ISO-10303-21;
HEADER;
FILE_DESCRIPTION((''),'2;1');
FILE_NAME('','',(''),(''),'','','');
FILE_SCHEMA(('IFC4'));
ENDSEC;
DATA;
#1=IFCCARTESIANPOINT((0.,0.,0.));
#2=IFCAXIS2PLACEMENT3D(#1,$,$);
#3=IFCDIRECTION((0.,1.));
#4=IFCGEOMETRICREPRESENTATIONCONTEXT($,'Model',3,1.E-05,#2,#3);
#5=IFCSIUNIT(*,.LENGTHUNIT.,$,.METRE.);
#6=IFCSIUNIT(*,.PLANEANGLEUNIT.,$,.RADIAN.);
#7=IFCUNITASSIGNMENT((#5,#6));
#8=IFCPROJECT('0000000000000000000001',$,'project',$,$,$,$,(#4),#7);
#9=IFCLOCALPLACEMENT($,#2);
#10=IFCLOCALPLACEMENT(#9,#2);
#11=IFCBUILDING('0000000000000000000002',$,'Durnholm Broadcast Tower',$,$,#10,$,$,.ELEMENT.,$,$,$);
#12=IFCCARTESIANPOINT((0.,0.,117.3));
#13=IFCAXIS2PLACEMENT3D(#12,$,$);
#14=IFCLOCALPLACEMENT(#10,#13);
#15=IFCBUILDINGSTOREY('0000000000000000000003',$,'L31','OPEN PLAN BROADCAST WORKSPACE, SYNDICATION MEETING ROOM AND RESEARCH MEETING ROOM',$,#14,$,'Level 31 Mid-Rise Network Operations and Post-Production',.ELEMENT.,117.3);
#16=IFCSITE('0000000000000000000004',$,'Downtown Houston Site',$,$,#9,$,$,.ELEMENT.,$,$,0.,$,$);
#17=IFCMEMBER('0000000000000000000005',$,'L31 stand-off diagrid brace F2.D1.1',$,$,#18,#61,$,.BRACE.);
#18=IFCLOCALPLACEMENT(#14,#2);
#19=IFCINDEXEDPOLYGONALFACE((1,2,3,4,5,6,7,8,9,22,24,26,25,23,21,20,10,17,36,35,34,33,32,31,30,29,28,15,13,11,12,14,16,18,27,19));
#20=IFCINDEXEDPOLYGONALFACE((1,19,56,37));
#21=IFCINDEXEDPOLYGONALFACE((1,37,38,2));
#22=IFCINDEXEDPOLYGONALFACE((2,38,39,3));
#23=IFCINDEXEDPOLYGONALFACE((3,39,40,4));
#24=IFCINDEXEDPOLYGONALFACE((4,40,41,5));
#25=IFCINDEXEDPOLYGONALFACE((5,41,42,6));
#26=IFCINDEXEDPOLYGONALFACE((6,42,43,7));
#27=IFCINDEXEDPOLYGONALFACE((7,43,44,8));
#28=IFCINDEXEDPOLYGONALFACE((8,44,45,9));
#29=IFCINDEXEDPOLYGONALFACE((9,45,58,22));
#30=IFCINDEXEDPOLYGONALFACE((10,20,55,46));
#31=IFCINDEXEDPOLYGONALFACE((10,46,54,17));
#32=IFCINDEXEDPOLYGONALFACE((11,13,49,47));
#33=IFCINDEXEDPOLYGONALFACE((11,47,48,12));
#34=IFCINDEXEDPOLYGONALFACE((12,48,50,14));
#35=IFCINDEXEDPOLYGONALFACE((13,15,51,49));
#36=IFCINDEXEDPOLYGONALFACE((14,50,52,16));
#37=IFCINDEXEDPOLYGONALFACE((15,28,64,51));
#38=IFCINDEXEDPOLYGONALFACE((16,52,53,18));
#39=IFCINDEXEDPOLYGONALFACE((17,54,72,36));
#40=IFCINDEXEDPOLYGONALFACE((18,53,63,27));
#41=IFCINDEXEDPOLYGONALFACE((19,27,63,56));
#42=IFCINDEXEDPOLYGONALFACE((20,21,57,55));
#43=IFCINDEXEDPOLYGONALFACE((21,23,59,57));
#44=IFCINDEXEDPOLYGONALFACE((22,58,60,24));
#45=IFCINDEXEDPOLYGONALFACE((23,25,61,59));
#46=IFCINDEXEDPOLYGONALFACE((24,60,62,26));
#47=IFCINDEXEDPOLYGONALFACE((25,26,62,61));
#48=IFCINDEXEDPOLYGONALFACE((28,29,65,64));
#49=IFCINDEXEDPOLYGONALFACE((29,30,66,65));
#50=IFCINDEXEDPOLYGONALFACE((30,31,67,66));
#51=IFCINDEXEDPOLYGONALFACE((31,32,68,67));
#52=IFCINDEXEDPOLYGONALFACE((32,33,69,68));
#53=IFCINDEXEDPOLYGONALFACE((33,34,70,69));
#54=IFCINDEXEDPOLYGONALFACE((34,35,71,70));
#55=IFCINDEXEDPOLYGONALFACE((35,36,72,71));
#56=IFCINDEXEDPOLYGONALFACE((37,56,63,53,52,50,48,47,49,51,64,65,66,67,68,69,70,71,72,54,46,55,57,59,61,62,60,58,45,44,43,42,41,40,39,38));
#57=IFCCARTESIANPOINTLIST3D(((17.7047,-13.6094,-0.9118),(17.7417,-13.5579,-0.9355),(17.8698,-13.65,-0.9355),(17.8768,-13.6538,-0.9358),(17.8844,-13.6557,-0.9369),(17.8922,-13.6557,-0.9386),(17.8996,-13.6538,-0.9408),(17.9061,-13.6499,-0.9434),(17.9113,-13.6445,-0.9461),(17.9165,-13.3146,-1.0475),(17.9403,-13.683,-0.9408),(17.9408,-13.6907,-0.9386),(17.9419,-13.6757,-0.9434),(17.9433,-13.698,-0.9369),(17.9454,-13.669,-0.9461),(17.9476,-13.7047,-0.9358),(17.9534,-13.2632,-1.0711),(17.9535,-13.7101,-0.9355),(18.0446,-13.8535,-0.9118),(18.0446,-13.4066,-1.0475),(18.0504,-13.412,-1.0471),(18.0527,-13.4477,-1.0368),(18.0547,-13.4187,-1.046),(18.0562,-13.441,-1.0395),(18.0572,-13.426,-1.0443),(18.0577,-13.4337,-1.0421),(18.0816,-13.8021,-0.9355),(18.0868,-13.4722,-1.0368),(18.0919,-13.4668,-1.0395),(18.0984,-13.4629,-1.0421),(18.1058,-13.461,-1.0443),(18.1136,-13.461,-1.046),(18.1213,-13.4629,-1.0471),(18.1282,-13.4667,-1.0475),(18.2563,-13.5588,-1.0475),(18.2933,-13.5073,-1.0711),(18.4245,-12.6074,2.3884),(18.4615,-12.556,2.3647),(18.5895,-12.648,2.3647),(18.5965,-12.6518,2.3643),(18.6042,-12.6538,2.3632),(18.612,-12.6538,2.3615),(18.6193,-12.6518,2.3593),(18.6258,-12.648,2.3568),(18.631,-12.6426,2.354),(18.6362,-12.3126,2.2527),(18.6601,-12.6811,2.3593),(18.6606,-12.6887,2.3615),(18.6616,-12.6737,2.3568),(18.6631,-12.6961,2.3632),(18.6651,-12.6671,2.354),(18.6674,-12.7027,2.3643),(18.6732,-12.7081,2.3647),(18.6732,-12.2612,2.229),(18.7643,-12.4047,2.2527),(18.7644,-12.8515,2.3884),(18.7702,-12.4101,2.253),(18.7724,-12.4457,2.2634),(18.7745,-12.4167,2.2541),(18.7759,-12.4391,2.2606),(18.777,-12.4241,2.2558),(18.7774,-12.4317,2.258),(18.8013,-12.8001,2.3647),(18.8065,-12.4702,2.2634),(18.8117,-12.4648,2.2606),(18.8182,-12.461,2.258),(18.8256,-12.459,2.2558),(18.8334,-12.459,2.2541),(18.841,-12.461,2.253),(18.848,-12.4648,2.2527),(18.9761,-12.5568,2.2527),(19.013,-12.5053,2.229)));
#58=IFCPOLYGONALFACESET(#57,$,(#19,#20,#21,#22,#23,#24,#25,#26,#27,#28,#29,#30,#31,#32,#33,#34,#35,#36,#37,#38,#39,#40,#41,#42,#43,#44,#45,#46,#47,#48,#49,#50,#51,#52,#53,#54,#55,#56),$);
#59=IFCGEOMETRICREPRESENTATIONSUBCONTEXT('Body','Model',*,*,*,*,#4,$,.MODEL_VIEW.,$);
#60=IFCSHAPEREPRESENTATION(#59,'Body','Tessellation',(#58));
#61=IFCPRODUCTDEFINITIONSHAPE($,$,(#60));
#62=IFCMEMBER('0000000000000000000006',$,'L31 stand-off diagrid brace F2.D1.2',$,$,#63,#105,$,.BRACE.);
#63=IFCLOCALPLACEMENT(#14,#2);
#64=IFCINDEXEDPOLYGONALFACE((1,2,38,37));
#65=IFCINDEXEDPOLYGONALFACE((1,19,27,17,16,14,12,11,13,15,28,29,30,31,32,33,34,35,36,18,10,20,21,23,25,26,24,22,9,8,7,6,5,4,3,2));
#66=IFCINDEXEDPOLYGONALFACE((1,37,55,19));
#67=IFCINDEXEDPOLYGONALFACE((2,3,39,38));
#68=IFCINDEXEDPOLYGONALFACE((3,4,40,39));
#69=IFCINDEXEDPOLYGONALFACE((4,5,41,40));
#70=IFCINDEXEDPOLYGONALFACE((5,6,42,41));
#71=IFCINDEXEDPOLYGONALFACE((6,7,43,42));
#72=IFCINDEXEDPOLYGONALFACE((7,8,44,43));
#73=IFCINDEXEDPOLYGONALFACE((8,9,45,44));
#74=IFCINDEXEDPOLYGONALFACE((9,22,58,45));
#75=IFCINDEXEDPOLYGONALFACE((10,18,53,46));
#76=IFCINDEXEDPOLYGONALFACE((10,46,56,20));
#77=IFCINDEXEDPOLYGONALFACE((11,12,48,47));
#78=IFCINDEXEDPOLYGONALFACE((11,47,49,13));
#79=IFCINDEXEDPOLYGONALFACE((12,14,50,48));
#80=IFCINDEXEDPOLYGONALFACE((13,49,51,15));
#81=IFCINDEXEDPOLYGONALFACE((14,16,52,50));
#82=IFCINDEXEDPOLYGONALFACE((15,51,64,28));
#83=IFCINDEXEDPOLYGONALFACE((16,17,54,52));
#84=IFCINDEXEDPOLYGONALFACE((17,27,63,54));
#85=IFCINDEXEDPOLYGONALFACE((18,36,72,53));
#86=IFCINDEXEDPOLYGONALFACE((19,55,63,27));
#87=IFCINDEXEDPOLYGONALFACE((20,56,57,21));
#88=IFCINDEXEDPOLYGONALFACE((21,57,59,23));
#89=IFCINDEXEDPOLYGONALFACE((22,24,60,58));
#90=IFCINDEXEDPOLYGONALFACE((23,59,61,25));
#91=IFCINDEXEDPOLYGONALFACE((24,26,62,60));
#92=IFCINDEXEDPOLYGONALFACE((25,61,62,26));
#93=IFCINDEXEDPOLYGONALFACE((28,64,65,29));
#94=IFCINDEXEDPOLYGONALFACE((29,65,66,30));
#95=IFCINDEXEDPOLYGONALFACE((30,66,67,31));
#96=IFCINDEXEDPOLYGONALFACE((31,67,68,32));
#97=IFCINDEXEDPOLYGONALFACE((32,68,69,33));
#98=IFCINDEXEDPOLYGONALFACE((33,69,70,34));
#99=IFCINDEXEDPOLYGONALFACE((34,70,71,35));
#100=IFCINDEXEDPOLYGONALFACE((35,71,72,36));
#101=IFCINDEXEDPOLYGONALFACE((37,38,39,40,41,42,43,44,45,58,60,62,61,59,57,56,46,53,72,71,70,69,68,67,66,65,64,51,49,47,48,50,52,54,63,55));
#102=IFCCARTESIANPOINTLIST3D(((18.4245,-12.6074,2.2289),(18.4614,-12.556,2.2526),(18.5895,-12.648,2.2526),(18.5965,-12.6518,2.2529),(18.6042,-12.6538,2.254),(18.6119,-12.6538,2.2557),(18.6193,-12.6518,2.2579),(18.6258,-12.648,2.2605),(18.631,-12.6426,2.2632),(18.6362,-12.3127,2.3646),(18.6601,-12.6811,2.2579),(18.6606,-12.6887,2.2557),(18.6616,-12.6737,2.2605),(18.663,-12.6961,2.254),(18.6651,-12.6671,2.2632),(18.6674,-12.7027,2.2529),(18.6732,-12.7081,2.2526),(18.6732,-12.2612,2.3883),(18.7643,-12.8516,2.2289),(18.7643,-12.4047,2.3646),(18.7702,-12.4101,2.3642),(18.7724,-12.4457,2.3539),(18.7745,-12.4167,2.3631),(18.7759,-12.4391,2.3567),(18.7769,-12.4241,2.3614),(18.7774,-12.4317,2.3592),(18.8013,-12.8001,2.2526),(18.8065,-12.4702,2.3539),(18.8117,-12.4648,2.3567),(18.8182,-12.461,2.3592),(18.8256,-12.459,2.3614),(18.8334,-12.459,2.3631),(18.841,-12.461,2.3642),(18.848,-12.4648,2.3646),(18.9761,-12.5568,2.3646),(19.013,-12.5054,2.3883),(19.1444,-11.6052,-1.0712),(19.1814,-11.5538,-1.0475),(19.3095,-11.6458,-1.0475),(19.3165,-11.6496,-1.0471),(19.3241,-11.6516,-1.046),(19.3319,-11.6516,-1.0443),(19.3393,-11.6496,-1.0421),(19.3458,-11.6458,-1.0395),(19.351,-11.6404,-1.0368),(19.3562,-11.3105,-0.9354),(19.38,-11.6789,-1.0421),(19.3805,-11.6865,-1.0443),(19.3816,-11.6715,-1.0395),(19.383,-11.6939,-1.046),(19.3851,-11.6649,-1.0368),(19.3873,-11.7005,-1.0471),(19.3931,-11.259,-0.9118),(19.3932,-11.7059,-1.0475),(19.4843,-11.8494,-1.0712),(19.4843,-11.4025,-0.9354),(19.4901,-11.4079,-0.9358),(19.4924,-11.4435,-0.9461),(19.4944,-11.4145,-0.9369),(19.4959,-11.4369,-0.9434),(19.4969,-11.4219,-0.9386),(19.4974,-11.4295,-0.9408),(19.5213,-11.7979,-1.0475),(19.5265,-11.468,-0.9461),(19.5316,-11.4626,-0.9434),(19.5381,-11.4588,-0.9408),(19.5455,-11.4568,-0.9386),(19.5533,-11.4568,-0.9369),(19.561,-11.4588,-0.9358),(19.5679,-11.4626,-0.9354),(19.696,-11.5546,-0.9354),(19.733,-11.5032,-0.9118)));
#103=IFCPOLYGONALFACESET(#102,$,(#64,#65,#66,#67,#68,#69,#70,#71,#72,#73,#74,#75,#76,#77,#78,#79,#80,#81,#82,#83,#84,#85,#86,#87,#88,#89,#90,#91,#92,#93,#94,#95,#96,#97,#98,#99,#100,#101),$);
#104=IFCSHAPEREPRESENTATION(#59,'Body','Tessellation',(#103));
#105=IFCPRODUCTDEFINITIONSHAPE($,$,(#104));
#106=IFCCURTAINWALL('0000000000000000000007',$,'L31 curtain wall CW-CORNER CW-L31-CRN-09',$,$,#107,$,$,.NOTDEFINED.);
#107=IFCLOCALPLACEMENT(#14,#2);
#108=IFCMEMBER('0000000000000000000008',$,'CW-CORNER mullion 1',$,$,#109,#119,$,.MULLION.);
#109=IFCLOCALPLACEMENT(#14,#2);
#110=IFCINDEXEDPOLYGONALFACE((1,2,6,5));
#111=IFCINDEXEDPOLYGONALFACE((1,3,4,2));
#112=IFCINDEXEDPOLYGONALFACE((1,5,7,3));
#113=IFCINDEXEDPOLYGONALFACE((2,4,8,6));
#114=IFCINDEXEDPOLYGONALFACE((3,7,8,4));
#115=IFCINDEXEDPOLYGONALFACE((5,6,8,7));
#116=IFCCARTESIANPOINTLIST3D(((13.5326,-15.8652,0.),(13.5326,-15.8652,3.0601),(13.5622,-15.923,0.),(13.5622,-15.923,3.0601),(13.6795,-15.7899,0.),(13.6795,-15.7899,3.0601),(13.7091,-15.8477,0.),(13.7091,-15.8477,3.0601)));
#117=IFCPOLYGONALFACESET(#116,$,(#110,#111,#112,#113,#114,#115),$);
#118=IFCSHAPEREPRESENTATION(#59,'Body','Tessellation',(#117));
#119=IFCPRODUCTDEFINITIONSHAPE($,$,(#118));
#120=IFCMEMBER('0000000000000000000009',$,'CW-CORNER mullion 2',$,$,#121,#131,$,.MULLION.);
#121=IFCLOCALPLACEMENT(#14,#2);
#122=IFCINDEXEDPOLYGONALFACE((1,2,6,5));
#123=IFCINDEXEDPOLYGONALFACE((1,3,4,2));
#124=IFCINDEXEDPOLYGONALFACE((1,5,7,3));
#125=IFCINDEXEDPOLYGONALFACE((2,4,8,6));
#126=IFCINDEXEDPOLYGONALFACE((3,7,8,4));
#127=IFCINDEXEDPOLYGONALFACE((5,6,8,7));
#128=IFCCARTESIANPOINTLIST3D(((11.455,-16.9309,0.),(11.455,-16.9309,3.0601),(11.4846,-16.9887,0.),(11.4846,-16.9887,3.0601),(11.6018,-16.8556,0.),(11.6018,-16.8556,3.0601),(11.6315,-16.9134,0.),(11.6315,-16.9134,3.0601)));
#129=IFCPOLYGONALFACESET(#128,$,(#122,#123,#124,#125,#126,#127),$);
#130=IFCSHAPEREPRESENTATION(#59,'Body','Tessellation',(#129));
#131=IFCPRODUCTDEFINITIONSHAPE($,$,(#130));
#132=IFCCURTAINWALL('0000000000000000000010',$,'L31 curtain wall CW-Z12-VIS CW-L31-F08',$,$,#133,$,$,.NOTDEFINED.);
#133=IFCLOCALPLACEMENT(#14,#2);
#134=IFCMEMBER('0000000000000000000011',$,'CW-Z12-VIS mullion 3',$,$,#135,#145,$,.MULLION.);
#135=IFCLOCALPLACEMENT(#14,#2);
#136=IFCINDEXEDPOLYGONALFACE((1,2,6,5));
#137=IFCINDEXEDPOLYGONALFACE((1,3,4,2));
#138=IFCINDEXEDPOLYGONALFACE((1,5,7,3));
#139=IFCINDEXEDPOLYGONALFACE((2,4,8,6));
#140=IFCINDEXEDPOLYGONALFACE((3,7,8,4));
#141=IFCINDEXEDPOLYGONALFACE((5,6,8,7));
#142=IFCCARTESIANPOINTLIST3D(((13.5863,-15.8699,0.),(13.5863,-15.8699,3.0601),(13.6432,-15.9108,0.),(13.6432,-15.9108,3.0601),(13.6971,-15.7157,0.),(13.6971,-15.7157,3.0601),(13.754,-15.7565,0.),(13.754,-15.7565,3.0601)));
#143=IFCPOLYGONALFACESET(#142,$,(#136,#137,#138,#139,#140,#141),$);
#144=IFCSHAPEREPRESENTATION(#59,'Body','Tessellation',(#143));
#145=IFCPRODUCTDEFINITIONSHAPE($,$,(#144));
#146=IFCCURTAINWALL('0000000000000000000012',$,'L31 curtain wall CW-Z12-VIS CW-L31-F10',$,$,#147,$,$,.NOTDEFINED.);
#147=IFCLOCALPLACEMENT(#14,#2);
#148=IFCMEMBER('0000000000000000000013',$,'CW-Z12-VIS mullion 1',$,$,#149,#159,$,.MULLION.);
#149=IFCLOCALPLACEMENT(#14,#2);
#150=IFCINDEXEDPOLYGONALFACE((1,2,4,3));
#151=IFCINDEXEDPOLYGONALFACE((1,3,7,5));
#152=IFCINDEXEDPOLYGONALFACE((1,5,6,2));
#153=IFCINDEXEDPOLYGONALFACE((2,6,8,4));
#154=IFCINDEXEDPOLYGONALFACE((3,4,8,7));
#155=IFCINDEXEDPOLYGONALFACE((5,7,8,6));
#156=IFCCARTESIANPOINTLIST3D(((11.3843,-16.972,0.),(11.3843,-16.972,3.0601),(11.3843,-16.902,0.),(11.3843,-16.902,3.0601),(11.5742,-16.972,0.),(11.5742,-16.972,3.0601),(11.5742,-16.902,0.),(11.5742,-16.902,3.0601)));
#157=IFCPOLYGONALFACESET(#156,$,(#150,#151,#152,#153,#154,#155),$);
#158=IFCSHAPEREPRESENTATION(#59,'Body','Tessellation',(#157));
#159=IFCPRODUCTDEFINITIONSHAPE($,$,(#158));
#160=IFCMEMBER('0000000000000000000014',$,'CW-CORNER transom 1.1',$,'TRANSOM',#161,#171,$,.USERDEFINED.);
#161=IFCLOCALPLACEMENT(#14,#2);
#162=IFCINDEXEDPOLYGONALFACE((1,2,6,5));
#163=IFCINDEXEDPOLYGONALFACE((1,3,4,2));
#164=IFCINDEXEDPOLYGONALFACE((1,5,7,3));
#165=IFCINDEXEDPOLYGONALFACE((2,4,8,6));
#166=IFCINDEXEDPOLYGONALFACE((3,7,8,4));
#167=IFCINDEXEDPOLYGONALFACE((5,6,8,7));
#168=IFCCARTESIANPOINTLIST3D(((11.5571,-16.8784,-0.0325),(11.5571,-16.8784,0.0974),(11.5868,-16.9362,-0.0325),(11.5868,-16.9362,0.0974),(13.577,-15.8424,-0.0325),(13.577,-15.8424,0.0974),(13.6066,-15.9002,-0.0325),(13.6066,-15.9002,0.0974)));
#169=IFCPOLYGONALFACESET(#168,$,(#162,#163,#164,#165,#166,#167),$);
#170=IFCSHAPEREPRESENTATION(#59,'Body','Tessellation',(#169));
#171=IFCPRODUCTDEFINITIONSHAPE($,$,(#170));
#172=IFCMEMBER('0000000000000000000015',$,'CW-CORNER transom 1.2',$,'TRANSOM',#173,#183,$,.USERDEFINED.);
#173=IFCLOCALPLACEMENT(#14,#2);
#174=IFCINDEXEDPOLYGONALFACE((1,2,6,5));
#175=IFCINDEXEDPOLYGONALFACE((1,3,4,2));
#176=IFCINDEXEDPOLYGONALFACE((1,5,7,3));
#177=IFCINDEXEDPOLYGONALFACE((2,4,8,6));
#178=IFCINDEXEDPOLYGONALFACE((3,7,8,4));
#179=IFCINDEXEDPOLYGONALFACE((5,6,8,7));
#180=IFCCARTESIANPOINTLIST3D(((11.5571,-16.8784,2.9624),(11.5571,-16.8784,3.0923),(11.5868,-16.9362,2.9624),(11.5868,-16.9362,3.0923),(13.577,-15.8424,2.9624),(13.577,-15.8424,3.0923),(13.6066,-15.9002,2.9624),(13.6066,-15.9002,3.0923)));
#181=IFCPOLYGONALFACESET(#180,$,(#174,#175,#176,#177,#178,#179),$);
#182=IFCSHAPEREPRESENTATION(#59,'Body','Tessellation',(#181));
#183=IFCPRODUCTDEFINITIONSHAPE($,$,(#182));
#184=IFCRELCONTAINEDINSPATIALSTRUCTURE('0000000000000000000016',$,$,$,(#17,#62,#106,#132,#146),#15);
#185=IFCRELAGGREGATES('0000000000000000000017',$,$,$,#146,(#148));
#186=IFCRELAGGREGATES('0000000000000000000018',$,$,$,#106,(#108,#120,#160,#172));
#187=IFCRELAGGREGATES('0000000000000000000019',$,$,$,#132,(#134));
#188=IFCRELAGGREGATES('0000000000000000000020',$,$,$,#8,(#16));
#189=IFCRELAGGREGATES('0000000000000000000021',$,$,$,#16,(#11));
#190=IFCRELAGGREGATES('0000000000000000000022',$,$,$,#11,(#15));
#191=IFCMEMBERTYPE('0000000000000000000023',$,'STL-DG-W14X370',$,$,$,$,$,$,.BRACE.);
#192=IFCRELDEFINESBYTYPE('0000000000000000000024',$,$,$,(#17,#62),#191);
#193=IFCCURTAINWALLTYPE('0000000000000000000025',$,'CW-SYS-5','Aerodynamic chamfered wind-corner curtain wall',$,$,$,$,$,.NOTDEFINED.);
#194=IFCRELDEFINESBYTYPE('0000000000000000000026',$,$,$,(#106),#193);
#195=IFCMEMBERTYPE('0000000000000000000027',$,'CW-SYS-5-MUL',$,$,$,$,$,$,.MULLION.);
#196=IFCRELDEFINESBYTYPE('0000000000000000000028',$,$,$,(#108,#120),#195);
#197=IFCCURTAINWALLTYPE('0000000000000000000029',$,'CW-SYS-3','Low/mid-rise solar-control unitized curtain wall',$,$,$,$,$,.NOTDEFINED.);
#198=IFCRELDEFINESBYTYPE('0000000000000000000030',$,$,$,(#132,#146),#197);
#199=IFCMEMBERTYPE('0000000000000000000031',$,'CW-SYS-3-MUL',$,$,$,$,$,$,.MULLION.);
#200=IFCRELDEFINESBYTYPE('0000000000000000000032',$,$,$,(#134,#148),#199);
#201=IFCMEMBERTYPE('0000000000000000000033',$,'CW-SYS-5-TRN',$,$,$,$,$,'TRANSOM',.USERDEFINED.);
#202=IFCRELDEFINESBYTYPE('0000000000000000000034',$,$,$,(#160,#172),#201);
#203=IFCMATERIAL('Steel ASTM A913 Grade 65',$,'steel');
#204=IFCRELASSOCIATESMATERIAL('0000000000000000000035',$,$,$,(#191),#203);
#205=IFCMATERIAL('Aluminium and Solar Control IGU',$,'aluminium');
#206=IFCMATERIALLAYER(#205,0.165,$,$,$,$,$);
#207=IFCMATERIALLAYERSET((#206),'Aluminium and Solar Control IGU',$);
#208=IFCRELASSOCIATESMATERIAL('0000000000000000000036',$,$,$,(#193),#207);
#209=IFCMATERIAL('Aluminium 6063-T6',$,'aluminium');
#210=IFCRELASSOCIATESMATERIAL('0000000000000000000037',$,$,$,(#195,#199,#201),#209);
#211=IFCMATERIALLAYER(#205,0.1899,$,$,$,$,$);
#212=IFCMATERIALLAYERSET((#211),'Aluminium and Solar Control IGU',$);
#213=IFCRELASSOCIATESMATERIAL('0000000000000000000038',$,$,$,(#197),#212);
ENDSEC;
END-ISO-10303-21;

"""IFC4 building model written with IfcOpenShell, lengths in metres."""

from ifc_helpers import new_model, si_unit, direction, frame, origin, origin_2d, place, context, subcontext, project, spatial, rectangle, i_section, extrude, source, transform, mapped, material, layer, layer_set, material_profile, profile_set, type_object, type_shapes, element, aggregate, save


model = new_model("IFC4")

# Units and contexts
model_context = context("Model", 3, precision=1e-05, world=origin(), true_north=direction((0.0, 1.0)))
body_context = subcontext(model_context, "Body", "Model", "MODEL_VIEW")
ifc_project = project(units=[si_unit("LENGTHUNIT", "METRE"), si_unit("PLANEANGLEUNIT", "RADIAN")], contexts=[model_context])

# Site, building, storey
site_placement = place(None, origin())
site = spatial("IfcSite", under=ifc_project, at=site_placement, Name="Downtown Houston Site", CompositionType="ELEMENT", RefElevation=0.0)
building_placement = place(site_placement, origin())
building = spatial("IfcBuilding", under=site, at=building_placement, Name="Durnholm Broadcast Tower", CompositionType="ELEMENT")
storey_placement = place(building_placement, frame((0.0, 0.0, 117.3)))
storey = spatial("IfcBuildingStorey", under=building, at=storey_placement, Name="L31", Description="OPEN PLAN BROADCAST WORKSPACE, SYNDICATION MEETING ROOM AND RESEARCH MEETING ROOM", LongName="Level 31 Mid-Rise Network Operations and Post-Production", CompositionType="ELEMENT", Elevation=117.3)

# Members
ifc_material_1 = material(Name="Steel ASTM A913 Grade 65", Category="steel")
ifc_material_profile_1 = material_profile(ifc_material_1, i_section(OverallWidth=0.4185, OverallDepth=0.4551, WebThickness=0.042, FlangeThickness=0.0676, FilletRadius=0.0305, at=origin_2d()), Name="W14X370")
ifc_profile_set_1 = profile_set([ifc_material_profile_1], Name="Steel ASTM A913 Grade 65")
member_type_1 = type_object("IfcMemberType", Name="STL-DG-W14X370", PredefinedType="BRACE", material=ifc_profile_set_1)
shared_shape_1 = source(origin(), body_context, "Body", "SweptSolid", [
    extrude(i_section(OverallWidth=0.4185, OverallDepth=0.4551, WebThickness=0.042, FlangeThickness=0.0676, FilletRadius=0.0305, at=origin_2d()), origin(), (0.0, 0.0, 1.0), 3.5232),
])
type_shapes(member_type_1, [shared_shape_1])
for number, where, z_axis, x_axis, name in (
    (1, (17.999, -13.5583, -0.9915), (0.204288, 0.284395, 0.936689), (-0.812179, 0.583408, 0.0), "L31 stand-off diagrid brace F2.D1.1"),
    (2, (19.4387, -11.5542, -0.9915), (-0.20435, -0.284455, 0.936657), (0.812153, -0.583444, 0.0), "L31 stand-off diagrid brace F2.D1.2"),
):
    element("IfcMember", number, at=place(storey_placement, frame(where, z_axis=z_axis, x_axis=x_axis)), inside=storey, type_object=member_type_1, Name=name, PredefinedType="BRACE", context=body_context, shape_type="MappedRepresentation", body=[
        mapped(shared_shape_1, transform((0.0, 0.0, 0.0), x_axis=(1.0, 0.0, 0.0), y_axis=(0.0, 1.0, 0.0), z_axis=(0.0, 0.0, 1.0), scale=1.0)),
    ])

# Curtain wall, members
ifc_material_2 = material(Name="Aluminium and Solar Control IGU", Category="aluminium")
ifc_layer_1 = layer(ifc_material_2, 0.165)
ifc_layer_set_1 = layer_set([ifc_layer_1], Name="Aluminium and Solar Control IGU")
curtain_wall_type_1 = type_object("IfcCurtainWallType", Name="CW-SYS-5", Description="Aerodynamic chamfered wind-corner curtain wall", PredefinedType="NOTDEFINED", material=ifc_layer_set_1)
curtain_wall_1_placement = place(storey_placement, origin())
curtain_wall_1 = element("IfcCurtainWall", 3, at=curtain_wall_1_placement, inside=storey, type_object=curtain_wall_type_1, Name="L31 curtain wall CW-CORNER CW-L31-CRN-09", PredefinedType="NOTDEFINED")
ifc_material_3 = material(Name="Aluminium 6063-T6", Category="aluminium")
ifc_material_profile_2 = material_profile(ifc_material_3, rectangle(XDim=0.0649, YDim=0.165, at=origin_2d()), Name="CWM65X165")
ifc_profile_set_2 = profile_set([ifc_material_profile_2], Name="Aluminium 6063-T6")
member_type_2 = type_object("IfcMemberType", Name="CW-SYS-5-MUL", PredefinedType="MULLION", material=ifc_profile_set_2)
shared_shape_2 = source(origin(), body_context, "Body", "SweptSolid", [
    extrude(rectangle(XDim=0.0649, YDim=0.165, at=origin_2d()), origin(), (0.0, 0.0, 1.0), 3.0601),
])
type_shapes(member_type_2, [shared_shape_2])
member_1_placement = place(storey_placement, frame((13.6208, -15.8564, 0.0), z_axis=(0.0, 0.0, 1.0), x_axis=(0.456373, -0.889788, 0.0)))
member_1 = element("IfcMember", 4, at=member_1_placement, type_object=member_type_2, Name="CW-CORNER mullion 1", PredefinedType="MULLION", context=body_context, shape_type="MappedRepresentation", body=[
    mapped(shared_shape_2, transform((0.0, 0.0, 0.0), x_axis=(1.0, 0.0, 0.0), y_axis=(0.0, 1.0, 0.0), z_axis=(0.0, 0.0, 1.0), scale=1.0)),
])
member_2_placement = place(storey_placement, frame((11.5432, -16.9221, 0.0), z_axis=(0.0, 0.0, 1.0), x_axis=(0.456373, -0.889788, 0.0)))
member_2 = element("IfcMember", 5, at=member_2_placement, type_object=member_type_2, Name="CW-CORNER mullion 2", PredefinedType="MULLION", context=body_context, shape_type="MappedRepresentation", body=[
    mapped(shared_shape_2, transform((0.0, 0.0, 0.0), x_axis=(1.0, 0.0, 0.0), y_axis=(0.0, 1.0, 0.0), z_axis=(0.0, 0.0, 1.0), scale=1.0)),
])

# Curtain walls, members
ifc_layer_2 = layer(ifc_material_2, 0.1899)
ifc_layer_set_2 = layer_set([ifc_layer_2], Name="Aluminium and Solar Control IGU")
curtain_wall_type_2 = type_object("IfcCurtainWallType", Name="CW-SYS-3", Description="Low/mid-rise solar-control unitized curtain wall", PredefinedType="NOTDEFINED", material=ifc_layer_set_2)
curtain_wall_2_placement = place(storey_placement, origin())
curtain_wall_2 = element("IfcCurtainWall", 6, at=curtain_wall_2_placement, inside=storey, type_object=curtain_wall_type_2, Name="L31 curtain wall CW-Z12-VIS CW-L31-F08", PredefinedType="NOTDEFINED")
ifc_material_profile_3 = material_profile(ifc_material_3, rectangle(XDim=0.0701, YDim=0.1899, at=origin_2d()), Name="CWM70X190")
ifc_profile_set_3 = profile_set([ifc_material_profile_3], Name="Aluminium 6063-T6")
member_type_3 = type_object("IfcMemberType", Name="CW-SYS-3-MUL", PredefinedType="MULLION", material=ifc_profile_set_3)
shared_shape_3 = source(origin(), body_context, "Body", "SweptSolid", [
    extrude(rectangle(XDim=0.0701, YDim=0.1899, at=origin_2d()), origin(), (0.0, 0.0, 1.0), 3.0601),
])
type_shapes(member_type_3, [shared_shape_3])
member_3_placement = place(storey_placement, frame((13.6702, -15.8132, 0.0), z_axis=(0.0, 0.0, 1.0), x_axis=(0.812152, -0.583445, 0.0)))
member_3 = element("IfcMember", 7, at=member_3_placement, type_object=member_type_3, Name="CW-Z12-VIS mullion 3", PredefinedType="MULLION", context=body_context, shape_type="MappedRepresentation", body=[
    mapped(shared_shape_3, transform((0.0, 0.0, 0.0), x_axis=(1.0, 0.0, 0.0), y_axis=(0.0, 1.0, 0.0), z_axis=(0.0, 0.0, 1.0), scale=1.0)),
])
curtain_wall_3_placement = place(storey_placement, origin())
curtain_wall_3 = element("IfcCurtainWall", 8, at=curtain_wall_3_placement, inside=storey, type_object=curtain_wall_type_2, Name="L31 curtain wall CW-Z12-VIS CW-L31-F10", PredefinedType="NOTDEFINED")
member_4_placement = place(storey_placement, frame((11.4792, -16.937, 0.0), z_axis=(0.0, 0.0, 1.0), x_axis=(0.0, -1.0, 0.0)))
member_4 = element("IfcMember", 9, at=member_4_placement, type_object=member_type_3, Name="CW-Z12-VIS mullion 1", PredefinedType="MULLION", context=body_context, shape_type="MappedRepresentation", body=[
    mapped(shared_shape_3, transform((0.0, 0.0, 0.0), x_axis=(1.0, 0.0, 0.0), y_axis=(0.0, 1.0, 0.0), z_axis=(0.0, 0.0, 1.0), scale=1.0)),
])

# Members
ifc_material_profile_4 = material_profile(ifc_material_3, rectangle(XDim=0.0649, YDim=0.1299, at=origin_2d()), Name="CWT65X130")
ifc_profile_set_4 = profile_set([ifc_material_profile_4], Name="Aluminium 6063-T6")
member_type_4 = type_object("IfcMemberType", Name="CW-SYS-5-TRN", ElementType="TRANSOM", PredefinedType="USERDEFINED", material=ifc_profile_set_4)
shared_shape_4 = source(origin(), body_context, "Body", "SweptSolid", [
    extrude(rectangle(XDim=0.0649, YDim=0.1299, at=origin_2d()), origin(), (0.0, 0.0, 1.0), 2.27),
])
type_shapes(member_type_4, [shared_shape_4])
member_5_placement = place(storey_placement, frame((13.5918, -15.8713, 0.0325), z_axis=(-0.889798, -0.456354, 0.0), x_axis=(0.456354, -0.889798, 0.0)))
member_5 = element("IfcMember", 10, at=member_5_placement, type_object=member_type_4, Name="CW-CORNER transom 1.1", ObjectType="TRANSOM", PredefinedType="USERDEFINED", context=body_context, shape_type="MappedRepresentation", body=[
    mapped(shared_shape_4, transform((0.0, 0.0, 0.0), x_axis=(1.0, 0.0, 0.0), y_axis=(0.0, 1.0, 0.0), z_axis=(0.0, 0.0, 1.0), scale=1.0)),
])
member_6_placement = place(storey_placement, frame((13.5918, -15.8713, 3.0273), z_axis=(-0.889798, -0.456354, 0.0), x_axis=(0.456354, -0.889798, 0.0)))
member_6 = element("IfcMember", 11, at=member_6_placement, type_object=member_type_4, Name="CW-CORNER transom 1.2", ObjectType="TRANSOM", PredefinedType="USERDEFINED", context=body_context, shape_type="MappedRepresentation", body=[
    mapped(shared_shape_4, transform((0.0, 0.0, 0.0), x_axis=(1.0, 0.0, 0.0), y_axis=(0.0, 1.0, 0.0), z_axis=(0.0, 0.0, 1.0), scale=1.0)),
])
aggregate(curtain_wall_3, [member_4])

aggregate(curtain_wall_1, [member_1, member_2, member_5, member_6])
aggregate(curtain_wall_2, [member_3])

save(model, "model.ifc")
